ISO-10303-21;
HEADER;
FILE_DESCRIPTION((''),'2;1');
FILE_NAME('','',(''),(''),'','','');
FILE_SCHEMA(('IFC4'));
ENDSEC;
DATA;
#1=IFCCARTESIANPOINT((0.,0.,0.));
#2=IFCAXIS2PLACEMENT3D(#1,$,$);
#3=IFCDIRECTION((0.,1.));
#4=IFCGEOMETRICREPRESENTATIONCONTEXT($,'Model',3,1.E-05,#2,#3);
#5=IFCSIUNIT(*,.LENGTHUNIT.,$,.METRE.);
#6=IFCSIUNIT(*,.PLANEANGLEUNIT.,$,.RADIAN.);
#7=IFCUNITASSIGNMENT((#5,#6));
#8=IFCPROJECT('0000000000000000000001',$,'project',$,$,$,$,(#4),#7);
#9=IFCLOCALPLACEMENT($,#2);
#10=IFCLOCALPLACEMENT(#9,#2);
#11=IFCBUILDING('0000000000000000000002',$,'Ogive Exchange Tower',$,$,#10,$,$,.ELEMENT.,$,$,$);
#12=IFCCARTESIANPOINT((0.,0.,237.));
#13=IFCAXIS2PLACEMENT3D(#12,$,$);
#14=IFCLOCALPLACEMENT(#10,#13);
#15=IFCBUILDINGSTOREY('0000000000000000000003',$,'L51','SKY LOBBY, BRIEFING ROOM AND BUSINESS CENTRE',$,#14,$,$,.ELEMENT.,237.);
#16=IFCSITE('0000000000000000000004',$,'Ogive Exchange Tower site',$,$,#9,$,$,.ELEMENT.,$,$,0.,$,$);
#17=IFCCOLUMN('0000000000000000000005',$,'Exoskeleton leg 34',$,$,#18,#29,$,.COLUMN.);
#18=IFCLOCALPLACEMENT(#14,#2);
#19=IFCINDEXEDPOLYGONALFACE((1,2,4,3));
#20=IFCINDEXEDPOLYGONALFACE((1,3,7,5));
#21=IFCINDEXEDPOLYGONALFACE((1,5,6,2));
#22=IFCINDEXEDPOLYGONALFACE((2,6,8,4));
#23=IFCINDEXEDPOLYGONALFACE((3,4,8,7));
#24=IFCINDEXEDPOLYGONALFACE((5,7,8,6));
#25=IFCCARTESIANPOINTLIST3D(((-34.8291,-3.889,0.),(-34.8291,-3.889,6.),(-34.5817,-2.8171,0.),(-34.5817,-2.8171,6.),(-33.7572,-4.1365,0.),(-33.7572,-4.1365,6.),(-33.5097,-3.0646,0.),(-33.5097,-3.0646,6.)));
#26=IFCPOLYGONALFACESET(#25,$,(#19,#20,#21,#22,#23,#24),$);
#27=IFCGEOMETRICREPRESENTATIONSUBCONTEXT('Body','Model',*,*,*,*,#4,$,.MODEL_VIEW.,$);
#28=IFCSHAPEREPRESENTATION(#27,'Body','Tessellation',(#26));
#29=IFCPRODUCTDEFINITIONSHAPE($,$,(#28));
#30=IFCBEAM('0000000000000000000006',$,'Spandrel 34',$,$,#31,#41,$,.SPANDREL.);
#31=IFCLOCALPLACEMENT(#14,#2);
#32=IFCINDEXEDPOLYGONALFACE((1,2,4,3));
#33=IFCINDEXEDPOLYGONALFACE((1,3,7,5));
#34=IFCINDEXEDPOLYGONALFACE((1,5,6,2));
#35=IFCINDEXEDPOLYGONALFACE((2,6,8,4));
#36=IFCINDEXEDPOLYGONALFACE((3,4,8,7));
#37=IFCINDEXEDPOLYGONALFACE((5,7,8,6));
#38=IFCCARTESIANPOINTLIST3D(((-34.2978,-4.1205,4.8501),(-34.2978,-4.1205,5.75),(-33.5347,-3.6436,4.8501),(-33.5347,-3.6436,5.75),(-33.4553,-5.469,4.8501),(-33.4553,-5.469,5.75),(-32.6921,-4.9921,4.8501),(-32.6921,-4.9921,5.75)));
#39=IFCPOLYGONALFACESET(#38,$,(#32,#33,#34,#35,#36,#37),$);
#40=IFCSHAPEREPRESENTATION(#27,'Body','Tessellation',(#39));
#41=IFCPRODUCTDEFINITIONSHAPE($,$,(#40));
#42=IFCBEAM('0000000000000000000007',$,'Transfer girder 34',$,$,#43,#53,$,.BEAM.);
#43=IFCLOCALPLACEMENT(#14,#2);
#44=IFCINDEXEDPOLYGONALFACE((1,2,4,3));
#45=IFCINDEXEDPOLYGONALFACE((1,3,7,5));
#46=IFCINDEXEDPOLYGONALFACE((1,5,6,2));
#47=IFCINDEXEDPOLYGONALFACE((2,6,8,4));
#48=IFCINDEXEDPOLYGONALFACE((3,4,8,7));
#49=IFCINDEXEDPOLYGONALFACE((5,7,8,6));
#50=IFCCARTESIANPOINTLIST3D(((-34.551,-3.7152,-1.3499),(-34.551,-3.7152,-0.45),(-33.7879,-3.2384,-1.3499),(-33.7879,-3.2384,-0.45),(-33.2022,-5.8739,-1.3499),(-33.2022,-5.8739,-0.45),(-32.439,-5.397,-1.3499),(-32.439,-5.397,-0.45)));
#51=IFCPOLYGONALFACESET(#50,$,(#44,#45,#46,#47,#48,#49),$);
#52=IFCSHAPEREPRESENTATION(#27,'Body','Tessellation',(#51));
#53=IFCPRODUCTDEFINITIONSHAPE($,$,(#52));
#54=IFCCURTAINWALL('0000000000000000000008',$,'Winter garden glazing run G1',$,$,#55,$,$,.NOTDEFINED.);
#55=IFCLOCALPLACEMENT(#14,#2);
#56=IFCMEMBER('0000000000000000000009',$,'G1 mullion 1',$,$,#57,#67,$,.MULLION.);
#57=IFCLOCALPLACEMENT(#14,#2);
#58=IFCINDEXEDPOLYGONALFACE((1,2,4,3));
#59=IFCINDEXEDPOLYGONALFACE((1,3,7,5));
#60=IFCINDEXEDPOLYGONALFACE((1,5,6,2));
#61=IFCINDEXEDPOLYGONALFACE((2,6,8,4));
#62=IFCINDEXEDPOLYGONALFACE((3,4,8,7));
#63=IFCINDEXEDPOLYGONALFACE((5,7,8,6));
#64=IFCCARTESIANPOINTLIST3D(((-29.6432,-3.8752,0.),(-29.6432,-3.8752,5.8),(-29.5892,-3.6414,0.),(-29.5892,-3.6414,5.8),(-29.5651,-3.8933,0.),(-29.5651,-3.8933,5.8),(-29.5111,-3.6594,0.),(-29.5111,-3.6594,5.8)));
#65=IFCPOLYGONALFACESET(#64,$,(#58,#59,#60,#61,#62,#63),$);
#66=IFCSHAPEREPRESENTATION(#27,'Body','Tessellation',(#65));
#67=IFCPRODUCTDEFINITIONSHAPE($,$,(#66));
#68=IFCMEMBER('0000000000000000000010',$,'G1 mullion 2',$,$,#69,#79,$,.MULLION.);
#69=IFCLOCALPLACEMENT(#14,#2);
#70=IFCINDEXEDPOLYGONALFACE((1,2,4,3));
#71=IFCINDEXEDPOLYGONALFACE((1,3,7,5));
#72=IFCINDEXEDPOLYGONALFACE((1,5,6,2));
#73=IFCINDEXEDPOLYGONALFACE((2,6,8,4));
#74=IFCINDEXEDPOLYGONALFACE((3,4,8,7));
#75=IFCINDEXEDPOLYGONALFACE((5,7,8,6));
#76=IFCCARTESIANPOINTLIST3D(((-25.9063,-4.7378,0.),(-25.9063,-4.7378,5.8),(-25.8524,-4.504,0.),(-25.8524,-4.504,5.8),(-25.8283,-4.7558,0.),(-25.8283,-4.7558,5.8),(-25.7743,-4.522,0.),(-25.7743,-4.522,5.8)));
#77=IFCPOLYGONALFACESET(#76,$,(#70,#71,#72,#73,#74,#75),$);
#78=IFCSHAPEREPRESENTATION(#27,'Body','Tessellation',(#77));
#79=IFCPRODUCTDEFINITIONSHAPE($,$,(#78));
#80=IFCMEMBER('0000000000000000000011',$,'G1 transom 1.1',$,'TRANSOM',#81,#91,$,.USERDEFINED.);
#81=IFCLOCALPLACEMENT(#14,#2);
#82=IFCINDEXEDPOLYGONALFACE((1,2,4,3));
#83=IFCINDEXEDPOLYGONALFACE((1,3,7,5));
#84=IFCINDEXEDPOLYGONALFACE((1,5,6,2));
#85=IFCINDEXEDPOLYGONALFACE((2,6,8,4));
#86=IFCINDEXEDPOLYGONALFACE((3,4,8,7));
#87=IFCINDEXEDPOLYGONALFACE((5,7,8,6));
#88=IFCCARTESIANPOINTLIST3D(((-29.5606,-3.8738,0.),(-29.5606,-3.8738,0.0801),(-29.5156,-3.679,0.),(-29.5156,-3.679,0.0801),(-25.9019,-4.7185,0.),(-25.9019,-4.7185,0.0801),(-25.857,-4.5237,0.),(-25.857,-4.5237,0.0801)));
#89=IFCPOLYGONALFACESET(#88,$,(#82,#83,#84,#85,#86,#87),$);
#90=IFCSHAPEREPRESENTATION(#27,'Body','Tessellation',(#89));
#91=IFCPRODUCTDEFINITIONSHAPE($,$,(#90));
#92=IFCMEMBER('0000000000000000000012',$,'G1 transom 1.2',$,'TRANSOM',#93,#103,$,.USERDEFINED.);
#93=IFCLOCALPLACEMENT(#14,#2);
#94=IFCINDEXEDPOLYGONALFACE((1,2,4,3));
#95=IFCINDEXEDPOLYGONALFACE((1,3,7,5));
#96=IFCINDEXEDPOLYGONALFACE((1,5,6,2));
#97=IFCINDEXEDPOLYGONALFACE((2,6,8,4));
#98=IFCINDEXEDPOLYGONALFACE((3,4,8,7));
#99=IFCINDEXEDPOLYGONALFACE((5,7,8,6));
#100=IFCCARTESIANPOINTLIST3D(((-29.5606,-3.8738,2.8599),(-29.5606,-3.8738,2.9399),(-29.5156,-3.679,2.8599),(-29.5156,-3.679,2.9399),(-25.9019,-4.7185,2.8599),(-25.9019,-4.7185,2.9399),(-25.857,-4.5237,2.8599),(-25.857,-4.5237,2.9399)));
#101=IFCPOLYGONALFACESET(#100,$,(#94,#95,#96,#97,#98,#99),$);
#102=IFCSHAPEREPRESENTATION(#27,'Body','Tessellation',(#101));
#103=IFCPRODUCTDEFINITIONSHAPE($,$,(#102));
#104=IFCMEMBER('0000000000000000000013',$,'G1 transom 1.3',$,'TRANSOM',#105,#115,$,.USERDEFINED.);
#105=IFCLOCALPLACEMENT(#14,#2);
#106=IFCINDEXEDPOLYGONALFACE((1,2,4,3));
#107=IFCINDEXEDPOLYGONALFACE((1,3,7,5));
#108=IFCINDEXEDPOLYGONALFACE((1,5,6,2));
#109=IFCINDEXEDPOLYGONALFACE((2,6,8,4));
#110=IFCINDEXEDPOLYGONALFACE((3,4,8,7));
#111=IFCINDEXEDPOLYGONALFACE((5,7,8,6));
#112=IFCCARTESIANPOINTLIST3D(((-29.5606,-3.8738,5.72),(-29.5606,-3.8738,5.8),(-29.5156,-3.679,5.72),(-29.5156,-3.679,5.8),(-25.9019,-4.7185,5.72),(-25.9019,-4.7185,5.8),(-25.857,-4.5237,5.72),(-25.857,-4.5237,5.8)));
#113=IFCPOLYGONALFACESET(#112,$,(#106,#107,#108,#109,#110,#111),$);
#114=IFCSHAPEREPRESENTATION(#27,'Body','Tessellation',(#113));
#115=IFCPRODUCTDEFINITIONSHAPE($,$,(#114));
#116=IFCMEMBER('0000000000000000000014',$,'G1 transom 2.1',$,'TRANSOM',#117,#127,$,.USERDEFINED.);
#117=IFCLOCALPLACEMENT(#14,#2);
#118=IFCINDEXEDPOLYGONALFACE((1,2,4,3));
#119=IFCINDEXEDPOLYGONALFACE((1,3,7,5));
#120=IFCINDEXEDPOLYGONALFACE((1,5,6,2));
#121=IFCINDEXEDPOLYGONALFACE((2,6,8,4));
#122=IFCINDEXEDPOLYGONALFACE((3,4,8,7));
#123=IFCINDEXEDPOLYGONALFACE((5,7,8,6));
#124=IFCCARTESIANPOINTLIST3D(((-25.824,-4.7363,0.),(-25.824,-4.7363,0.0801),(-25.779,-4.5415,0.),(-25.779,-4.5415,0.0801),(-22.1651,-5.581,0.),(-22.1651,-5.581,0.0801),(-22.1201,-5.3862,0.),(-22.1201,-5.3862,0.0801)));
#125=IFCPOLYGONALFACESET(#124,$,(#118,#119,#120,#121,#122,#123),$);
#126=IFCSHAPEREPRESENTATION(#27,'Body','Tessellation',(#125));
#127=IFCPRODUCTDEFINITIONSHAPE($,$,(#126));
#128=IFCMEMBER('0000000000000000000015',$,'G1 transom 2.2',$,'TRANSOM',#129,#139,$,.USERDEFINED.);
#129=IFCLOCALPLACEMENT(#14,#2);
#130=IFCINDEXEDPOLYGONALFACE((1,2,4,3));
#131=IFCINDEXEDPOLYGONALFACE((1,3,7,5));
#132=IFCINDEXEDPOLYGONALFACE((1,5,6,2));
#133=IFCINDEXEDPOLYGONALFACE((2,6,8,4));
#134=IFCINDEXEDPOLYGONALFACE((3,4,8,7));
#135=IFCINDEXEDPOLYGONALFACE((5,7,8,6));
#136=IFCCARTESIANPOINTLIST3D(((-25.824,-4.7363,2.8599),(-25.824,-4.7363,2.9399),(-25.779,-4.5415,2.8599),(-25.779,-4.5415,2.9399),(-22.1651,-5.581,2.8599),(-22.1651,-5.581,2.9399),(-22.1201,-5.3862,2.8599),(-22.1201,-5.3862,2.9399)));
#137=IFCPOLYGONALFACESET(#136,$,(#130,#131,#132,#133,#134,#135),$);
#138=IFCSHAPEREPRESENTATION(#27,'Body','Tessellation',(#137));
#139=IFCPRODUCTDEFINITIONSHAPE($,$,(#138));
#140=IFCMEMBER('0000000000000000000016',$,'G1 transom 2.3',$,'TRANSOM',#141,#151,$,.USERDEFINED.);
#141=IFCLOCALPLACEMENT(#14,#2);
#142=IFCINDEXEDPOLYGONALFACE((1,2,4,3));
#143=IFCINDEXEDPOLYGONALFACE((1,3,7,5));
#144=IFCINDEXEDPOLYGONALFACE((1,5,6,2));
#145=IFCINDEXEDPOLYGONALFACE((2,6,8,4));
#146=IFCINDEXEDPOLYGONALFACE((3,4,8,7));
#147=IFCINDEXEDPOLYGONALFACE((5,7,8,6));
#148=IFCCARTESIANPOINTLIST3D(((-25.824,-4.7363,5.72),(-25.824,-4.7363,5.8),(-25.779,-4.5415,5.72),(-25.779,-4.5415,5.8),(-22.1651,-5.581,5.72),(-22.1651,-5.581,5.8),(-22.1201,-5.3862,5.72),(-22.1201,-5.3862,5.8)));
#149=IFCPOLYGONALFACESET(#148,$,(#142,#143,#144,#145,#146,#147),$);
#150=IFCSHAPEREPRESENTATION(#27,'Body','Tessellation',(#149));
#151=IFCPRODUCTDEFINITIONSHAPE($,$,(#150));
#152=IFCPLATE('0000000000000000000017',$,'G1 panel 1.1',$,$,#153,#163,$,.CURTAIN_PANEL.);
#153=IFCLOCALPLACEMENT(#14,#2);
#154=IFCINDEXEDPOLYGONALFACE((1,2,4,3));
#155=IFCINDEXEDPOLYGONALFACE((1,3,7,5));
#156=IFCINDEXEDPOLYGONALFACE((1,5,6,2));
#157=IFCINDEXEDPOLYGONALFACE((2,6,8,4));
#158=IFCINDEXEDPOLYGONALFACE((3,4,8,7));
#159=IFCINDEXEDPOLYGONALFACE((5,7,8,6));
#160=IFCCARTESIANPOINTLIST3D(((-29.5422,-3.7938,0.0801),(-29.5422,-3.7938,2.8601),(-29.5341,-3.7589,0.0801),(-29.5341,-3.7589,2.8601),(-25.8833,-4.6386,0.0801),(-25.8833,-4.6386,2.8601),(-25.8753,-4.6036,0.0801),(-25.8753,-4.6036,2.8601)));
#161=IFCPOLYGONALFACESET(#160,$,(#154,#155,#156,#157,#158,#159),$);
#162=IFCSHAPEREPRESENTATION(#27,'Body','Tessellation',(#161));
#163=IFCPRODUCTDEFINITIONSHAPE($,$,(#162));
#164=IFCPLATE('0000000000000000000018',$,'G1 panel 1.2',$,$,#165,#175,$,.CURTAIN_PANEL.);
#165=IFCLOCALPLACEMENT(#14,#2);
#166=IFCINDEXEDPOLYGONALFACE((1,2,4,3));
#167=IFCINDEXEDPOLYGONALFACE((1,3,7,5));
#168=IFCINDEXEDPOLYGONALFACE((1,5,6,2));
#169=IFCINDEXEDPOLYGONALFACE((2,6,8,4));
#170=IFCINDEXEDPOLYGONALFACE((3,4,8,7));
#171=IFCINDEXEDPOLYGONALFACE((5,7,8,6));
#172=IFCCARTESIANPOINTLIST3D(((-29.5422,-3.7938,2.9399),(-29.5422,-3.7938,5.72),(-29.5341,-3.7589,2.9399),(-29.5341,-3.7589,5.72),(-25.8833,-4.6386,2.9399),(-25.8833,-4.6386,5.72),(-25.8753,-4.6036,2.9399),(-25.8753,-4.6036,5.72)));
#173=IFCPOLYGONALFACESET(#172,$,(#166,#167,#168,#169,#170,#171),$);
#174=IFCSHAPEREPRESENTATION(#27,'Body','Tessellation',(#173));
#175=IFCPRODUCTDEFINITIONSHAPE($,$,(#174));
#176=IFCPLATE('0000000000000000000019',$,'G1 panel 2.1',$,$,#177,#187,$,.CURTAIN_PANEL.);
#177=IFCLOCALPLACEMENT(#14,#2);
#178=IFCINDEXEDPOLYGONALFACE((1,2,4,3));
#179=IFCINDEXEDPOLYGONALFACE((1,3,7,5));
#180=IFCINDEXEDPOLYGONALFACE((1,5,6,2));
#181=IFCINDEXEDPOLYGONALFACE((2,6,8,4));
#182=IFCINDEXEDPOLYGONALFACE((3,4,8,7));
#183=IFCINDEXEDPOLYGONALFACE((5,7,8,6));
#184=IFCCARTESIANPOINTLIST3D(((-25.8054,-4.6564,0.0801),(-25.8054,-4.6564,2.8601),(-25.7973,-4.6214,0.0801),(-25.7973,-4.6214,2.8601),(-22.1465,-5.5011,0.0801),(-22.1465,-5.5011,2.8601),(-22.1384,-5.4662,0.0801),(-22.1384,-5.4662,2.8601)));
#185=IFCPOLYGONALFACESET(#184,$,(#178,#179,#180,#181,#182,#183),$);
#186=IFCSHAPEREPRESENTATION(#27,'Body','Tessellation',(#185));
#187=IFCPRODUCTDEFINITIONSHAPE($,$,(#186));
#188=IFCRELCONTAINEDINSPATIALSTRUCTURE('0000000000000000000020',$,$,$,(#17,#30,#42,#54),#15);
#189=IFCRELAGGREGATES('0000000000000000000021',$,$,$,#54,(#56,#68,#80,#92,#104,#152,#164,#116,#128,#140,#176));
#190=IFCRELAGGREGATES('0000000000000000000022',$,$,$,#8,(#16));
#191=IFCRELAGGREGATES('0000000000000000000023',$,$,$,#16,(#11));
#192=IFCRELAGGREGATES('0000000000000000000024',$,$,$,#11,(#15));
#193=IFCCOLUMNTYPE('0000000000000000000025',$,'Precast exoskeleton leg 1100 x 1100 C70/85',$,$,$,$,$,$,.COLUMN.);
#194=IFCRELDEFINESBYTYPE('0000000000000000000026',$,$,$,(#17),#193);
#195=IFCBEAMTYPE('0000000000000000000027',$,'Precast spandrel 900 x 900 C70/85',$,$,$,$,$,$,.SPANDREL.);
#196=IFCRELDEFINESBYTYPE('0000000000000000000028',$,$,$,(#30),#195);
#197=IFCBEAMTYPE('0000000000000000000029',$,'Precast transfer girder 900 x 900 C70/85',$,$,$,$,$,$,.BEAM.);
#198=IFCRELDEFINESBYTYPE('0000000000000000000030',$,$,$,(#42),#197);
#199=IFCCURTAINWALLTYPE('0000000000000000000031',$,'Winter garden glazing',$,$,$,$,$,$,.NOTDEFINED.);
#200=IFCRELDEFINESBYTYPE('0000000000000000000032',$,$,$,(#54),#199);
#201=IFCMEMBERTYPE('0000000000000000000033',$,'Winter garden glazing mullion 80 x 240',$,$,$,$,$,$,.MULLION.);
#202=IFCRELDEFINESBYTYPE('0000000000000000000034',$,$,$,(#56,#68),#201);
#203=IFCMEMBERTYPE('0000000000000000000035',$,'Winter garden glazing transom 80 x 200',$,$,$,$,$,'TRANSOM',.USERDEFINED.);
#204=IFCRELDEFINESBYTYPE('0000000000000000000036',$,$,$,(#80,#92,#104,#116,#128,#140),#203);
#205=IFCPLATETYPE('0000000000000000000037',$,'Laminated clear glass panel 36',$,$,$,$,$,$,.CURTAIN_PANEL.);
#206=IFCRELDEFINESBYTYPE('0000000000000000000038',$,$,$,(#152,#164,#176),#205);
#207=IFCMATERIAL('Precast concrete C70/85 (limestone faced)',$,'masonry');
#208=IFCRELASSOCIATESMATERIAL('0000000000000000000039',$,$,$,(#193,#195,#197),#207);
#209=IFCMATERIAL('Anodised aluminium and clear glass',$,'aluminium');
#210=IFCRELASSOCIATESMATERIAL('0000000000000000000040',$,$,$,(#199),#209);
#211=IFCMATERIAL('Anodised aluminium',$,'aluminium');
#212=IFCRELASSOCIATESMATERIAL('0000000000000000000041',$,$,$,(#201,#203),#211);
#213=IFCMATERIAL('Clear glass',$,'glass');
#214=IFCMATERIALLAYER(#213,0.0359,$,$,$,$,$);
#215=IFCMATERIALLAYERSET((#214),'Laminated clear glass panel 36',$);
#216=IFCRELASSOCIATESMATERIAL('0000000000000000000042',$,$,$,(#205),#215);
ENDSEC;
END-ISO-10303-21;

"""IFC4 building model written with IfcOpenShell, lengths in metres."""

from ifc_helpers import new_model, si_unit, direction, frame, origin, origin_2d, place, context, subcontext, project, spatial, rectangle, extrude, material, layer, layer_set, material_profile, profile_set, type_object, element, aggregate, save


model = new_model("IFC4")

# Units and contexts
model_context = context("Model", 3, precision=1e-05, world=origin(), true_north=direction((0.0, 1.0)))
body_context = subcontext(model_context, "Body", "Model", "MODEL_VIEW")
ifc_project = project(units=[si_unit("LENGTHUNIT", "METRE"), si_unit("PLANEANGLEUNIT", "RADIAN")], contexts=[model_context])

# Site, building, storey
site_placement = place(None, origin())
site = spatial("IfcSite", under=ifc_project, at=site_placement, Name="Ogive Exchange Tower site", CompositionType="ELEMENT", RefElevation=0.0)
building_placement = place(site_placement, origin())
building = spatial("IfcBuilding", under=site, at=building_placement, Name="Ogive Exchange Tower", CompositionType="ELEMENT")
storey_placement = place(building_placement, frame((0.0, 0.0, 237.0)))
storey = spatial("IfcBuildingStorey", under=building, at=storey_placement, Name="L51", Description="SKY LOBBY, BRIEFING ROOM AND BUSINESS CENTRE", CompositionType="ELEMENT", Elevation=237.0)

# Column
ifc_material_1 = material(Name="Precast concrete C70/85 (limestone faced)", Category="masonry")
ifc_material_profile_1 = material_profile(ifc_material_1, rectangle(XDim=1.1001, YDim=1.1001, at=origin_2d()), Name="1100 x 1100")
ifc_profile_set_1 = profile_set([ifc_material_profile_1], Name="Precast concrete C70/85 (limestone faced)")
column_type = type_object("IfcColumnType", Name="Precast exoskeleton leg 1100 x 1100 C70/85", PredefinedType="COLUMN", material=ifc_profile_set_1)
column_placement = place(storey_placement, frame((-34.1694, -3.4768, 0.0), z_axis=(0.0, 0.0, 1.0), x_axis=(0.97437, -0.224951, 0.0)))
element("IfcColumn", 1, at=column_placement, inside=storey, type_object=column_type, Name="Exoskeleton leg 34", PredefinedType="COLUMN", context=body_context, shape_type="SweptSolid", body=[
    extrude(rectangle(XDim=1.1001, YDim=1.1001, at=origin_2d()), origin(), (0.0, 0.0, 1.0), 6.0),
])

# Beams
ifc_material_profile_2 = material_profile(ifc_material_1, rectangle(XDim=0.8999, YDim=0.8999, at=origin_2d()), Name="900 x 900")
ifc_profile_set_2 = profile_set([ifc_material_profile_2], Name="Precast concrete C70/85 (limestone faced)")
beam_type_1 = type_object("IfcBeamType", Name="Precast spandrel 900 x 900 C70/85", PredefinedType="SPANDREL", material=ifc_profile_set_2)
beam_1_placement = place(storey_placement, frame((-33.9163, -3.8821, 5.3), z_axis=(0.529902, -0.848059, 0.0), x_axis=(0.848059, 0.529902, 0.0)))
element("IfcBeam", 2, at=beam_1_placement, inside=storey, type_object=beam_type_1, Name="Spandrel 34", PredefinedType="SPANDREL", context=body_context, shape_type="SweptSolid", body=[
    extrude(rectangle(XDim=0.8999, YDim=0.8999, at=origin_2d()), origin(), (0.0, 0.0, 1.0), 1.5901),
])
ifc_material_profile_3 = material_profile(ifc_material_1, rectangle(XDim=0.8999, YDim=0.8999, at=origin_2d()), Name="900 x 900")
ifc_profile_set_3 = profile_set([ifc_material_profile_3], Name="Precast concrete C70/85 (limestone faced)")
beam_type_2 = type_object("IfcBeamType", Name="Precast transfer girder 900 x 900 C70/85", PredefinedType="BEAM", material=ifc_profile_set_3)
beam_2_placement = place(storey_placement, frame((-34.1694, -3.4768, -0.8999), z_axis=(0.529913, -0.848052, 0.0), x_axis=(0.848052, 0.529913, 0.0)))
element("IfcBeam", 3, at=beam_2_placement, inside=storey, type_object=beam_type_2, Name="Transfer girder 34", PredefinedType="BEAM", context=body_context, shape_type="SweptSolid", body=[
    extrude(rectangle(XDim=0.8999, YDim=0.8999, at=origin_2d()), origin(), (0.0, 0.0, 1.0), 2.5454),
])

# Curtain wall, members, plates
ifc_material_2 = material(Name="Anodised aluminium and clear glass", Category="aluminium")
curtain_wall_type = type_object("IfcCurtainWallType", Name="Winter garden glazing", PredefinedType="NOTDEFINED", material=ifc_material_2)
curtain_wall_placement = place(storey_placement, origin())
curtain_wall = element("IfcCurtainWall", 4, at=curtain_wall_placement, inside=storey, type_object=curtain_wall_type, Name="Winter garden glazing run G1", PredefinedType="NOTDEFINED")
ifc_material_3 = material(Name="Anodised aluminium", Category="aluminium")
ifc_material_profile_4 = material_profile(ifc_material_3, rectangle(XDim=0.24, YDim=0.0801, at=origin_2d()), Name="AL 80x240")
ifc_profile_set_4 = profile_set([ifc_material_profile_4], Name="Anodised aluminium")
member_type_1 = type_object("IfcMemberType", Name="Winter garden glazing mullion 80 x 240", PredefinedType="MULLION", material=ifc_profile_set_4)
member_1_placement = place(storey_placement, frame((-29.5771, -3.7673, 0.0), z_axis=(0.0, 0.0, 1.0), x_axis=(0.224954, 0.974369, 0.0)))
member_1 = element("IfcMember", 5, at=member_1_placement, type_object=member_type_1, Name="G1 mullion 1", PredefinedType="MULLION", context=body_context, shape_type="SweptSolid", body=[
    extrude(rectangle(XDim=0.24, YDim=0.0801, at=origin_2d()), origin(), (0.0, 0.0, 1.0), 5.8),
])
member_2_placement = place(storey_placement, frame((-25.8403, -4.6299, 0.0), z_axis=(0.0, 0.0, 1.0), x_axis=(0.224954, 0.974369, 0.0)))
member_2 = element("IfcMember", 6, at=member_2_placement, type_object=member_type_1, Name="G1 mullion 2", PredefinedType="MULLION", context=body_context, shape_type="SweptSolid", body=[
    extrude(rectangle(XDim=0.24, YDim=0.0801, at=origin_2d()), origin(), (0.0, 0.0, 1.0), 5.8),
])
ifc_material_profile_5 = material_profile(ifc_material_3, rectangle(XDim=0.2, YDim=0.0801, at=origin_2d()), Name="AL 80x200")
ifc_profile_set_5 = profile_set([ifc_material_profile_5], Name="Anodised aluminium")
member_type_2 = type_object("IfcMemberType", Name="Winter garden glazing transom 80 x 200", ElementType="TRANSOM", PredefinedType="USERDEFINED", material=ifc_profile_set_5)
member_3_placement = place(storey_placement, frame((-29.5381, -3.7764, 0.04), z_axis=(0.974367, -0.224964, 0.0), x_axis=(0.224964, 0.974367, 0.0)))
member_3 = element("IfcMember", 7, at=member_3_placement, type_object=member_type_2, Name="G1 transom 1.1", ObjectType="TRANSOM", PredefinedType="USERDEFINED", context=body_context, shape_type="SweptSolid", body=[
    extrude(rectangle(XDim=0.2, YDim=0.0801, at=origin_2d()), origin(), (0.0, 0.0, 1.0), 3.7549),
])
member_4_placement = place(storey_placement, frame((-29.5381, -3.7764, 2.8999), z_axis=(0.974367, -0.224964, 0.0), x_axis=(0.224964, 0.974367, 0.0)))
member_4 = element("IfcMember", 8, at=member_4_placement, type_object=member_type_2, Name="G1 transom 1.2", ObjectType="TRANSOM", PredefinedType="USERDEFINED", context=body_context, shape_type="SweptSolid", body=[
    extrude(rectangle(XDim=0.2, YDim=0.0801, at=origin_2d()), origin(), (0.0, 0.0, 1.0), 3.7549),
])
member_5_placement = place(storey_placement, frame((-29.5381, -3.7764, 5.76), z_axis=(0.974367, -0.224964, 0.0), x_axis=(0.224964, 0.974367, 0.0)))
member_5 = element("IfcMember", 9, at=member_5_placement, type_object=member_type_2, Name="G1 transom 1.3", ObjectType="TRANSOM", PredefinedType="USERDEFINED", context=body_context, shape_type="SweptSolid", body=[
    extrude(rectangle(XDim=0.2, YDim=0.0801, at=origin_2d()), origin(), (0.0, 0.0, 1.0), 3.7549),
])
member_6_placement = place(storey_placement, frame((-25.8015, -4.6389, 0.04), z_axis=(0.97437, -0.22495, 0.0), x_axis=(0.22495, 0.97437, 0.0)))
member_6 = element("IfcMember", 10, at=member_6_placement, type_object=member_type_2, Name="G1 transom 2.1", ObjectType="TRANSOM", PredefinedType="USERDEFINED", context=body_context, shape_type="SweptSolid", body=[
    extrude(rectangle(XDim=0.2, YDim=0.0801, at=origin_2d()), origin(), (0.0, 0.0, 1.0), 3.7551),
])
member_7_placement = place(storey_placement, frame((-25.8015, -4.6389, 2.8999), z_axis=(0.97437, -0.22495, 0.0), x_axis=(0.22495, 0.97437, 0.0)))
member_7 = element("IfcMember", 11, at=member_7_placement, type_object=member_type_2, Name="G1 transom 2.2", ObjectType="TRANSOM", PredefinedType="USERDEFINED", context=body_context, shape_type="SweptSolid", body=[
    extrude(rectangle(XDim=0.2, YDim=0.0801, at=origin_2d()), origin(), (0.0, 0.0, 1.0), 3.7551),
])
member_8_placement = place(storey_placement, frame((-25.8015, -4.6389, 5.76), z_axis=(0.97437, -0.22495, 0.0), x_axis=(0.22495, 0.97437, 0.0)))
member_8 = element("IfcMember", 12, at=member_8_placement, type_object=member_type_2, Name="G1 transom 2.3", ObjectType="TRANSOM", PredefinedType="USERDEFINED", context=body_context, shape_type="SweptSolid", body=[
    extrude(rectangle(XDim=0.2, YDim=0.0801, at=origin_2d()), origin(), (0.0, 0.0, 1.0), 3.7551),
])
ifc_material_4 = material(Name="Clear glass", Category="glass")
ifc_layer_1 = layer(ifc_material_4, 0.0359)
ifc_layer_set_1 = layer_set([ifc_layer_1], Name="Laminated clear glass panel 36")
plate_type = type_object("IfcPlateType", Name="Laminated clear glass panel 36", PredefinedType="CURTAIN_PANEL", material=ifc_layer_set_1)
plate_1_placement = place(storey_placement, frame((-27.7087, -4.1987, 0.0801), z_axis=(0.0, 0.0, 1.0), x_axis=(0.974369, -0.224954, 0.0)))
plate_1 = element("IfcPlate", 13, at=plate_1_placement, type_object=plate_type, Name="G1 panel 1.1", PredefinedType="CURTAIN_PANEL", context=body_context, shape_type="SweptSolid", body=[
    extrude(rectangle(XDim=3.7551, YDim=0.0359, at=origin_2d()), origin(), (0.0, 0.0, 1.0), 2.78),
])
plate_2_placement = place(storey_placement, frame((-27.7087, -4.1987, 2.9399), z_axis=(0.0, 0.0, 1.0), x_axis=(0.974369, -0.224954, 0.0)))
plate_2 = element("IfcPlate", 14, at=plate_2_placement, type_object=plate_type, Name="G1 panel 1.2", PredefinedType="CURTAIN_PANEL", context=body_context, shape_type="SweptSolid", body=[
    extrude(rectangle(XDim=3.7551, YDim=0.0359, at=origin_2d()), origin(), (0.0, 0.0, 1.0), 2.78),
])
plate_3_placement = place(storey_placement, frame((-23.9719, -5.0613, 0.0801), z_axis=(0.0, 0.0, 1.0), x_axis=(0.974369, -0.224954, 0.0)))
plate_3 = element("IfcPlate", 15, at=plate_3_placement, type_object=plate_type, Name="G1 panel 2.1", PredefinedType="CURTAIN_PANEL", context=body_context, shape_type="SweptSolid", body=[
    extrude(rectangle(XDim=3.7551, YDim=0.0359, at=origin_2d()), origin(), (0.0, 0.0, 1.0), 2.78),
])
aggregate(curtain_wall, [member_1, member_2, member_3, member_4, member_5, plate_1, plate_2, member_6, member_7, member_8, plate_3])

save(model, "model.ifc")
